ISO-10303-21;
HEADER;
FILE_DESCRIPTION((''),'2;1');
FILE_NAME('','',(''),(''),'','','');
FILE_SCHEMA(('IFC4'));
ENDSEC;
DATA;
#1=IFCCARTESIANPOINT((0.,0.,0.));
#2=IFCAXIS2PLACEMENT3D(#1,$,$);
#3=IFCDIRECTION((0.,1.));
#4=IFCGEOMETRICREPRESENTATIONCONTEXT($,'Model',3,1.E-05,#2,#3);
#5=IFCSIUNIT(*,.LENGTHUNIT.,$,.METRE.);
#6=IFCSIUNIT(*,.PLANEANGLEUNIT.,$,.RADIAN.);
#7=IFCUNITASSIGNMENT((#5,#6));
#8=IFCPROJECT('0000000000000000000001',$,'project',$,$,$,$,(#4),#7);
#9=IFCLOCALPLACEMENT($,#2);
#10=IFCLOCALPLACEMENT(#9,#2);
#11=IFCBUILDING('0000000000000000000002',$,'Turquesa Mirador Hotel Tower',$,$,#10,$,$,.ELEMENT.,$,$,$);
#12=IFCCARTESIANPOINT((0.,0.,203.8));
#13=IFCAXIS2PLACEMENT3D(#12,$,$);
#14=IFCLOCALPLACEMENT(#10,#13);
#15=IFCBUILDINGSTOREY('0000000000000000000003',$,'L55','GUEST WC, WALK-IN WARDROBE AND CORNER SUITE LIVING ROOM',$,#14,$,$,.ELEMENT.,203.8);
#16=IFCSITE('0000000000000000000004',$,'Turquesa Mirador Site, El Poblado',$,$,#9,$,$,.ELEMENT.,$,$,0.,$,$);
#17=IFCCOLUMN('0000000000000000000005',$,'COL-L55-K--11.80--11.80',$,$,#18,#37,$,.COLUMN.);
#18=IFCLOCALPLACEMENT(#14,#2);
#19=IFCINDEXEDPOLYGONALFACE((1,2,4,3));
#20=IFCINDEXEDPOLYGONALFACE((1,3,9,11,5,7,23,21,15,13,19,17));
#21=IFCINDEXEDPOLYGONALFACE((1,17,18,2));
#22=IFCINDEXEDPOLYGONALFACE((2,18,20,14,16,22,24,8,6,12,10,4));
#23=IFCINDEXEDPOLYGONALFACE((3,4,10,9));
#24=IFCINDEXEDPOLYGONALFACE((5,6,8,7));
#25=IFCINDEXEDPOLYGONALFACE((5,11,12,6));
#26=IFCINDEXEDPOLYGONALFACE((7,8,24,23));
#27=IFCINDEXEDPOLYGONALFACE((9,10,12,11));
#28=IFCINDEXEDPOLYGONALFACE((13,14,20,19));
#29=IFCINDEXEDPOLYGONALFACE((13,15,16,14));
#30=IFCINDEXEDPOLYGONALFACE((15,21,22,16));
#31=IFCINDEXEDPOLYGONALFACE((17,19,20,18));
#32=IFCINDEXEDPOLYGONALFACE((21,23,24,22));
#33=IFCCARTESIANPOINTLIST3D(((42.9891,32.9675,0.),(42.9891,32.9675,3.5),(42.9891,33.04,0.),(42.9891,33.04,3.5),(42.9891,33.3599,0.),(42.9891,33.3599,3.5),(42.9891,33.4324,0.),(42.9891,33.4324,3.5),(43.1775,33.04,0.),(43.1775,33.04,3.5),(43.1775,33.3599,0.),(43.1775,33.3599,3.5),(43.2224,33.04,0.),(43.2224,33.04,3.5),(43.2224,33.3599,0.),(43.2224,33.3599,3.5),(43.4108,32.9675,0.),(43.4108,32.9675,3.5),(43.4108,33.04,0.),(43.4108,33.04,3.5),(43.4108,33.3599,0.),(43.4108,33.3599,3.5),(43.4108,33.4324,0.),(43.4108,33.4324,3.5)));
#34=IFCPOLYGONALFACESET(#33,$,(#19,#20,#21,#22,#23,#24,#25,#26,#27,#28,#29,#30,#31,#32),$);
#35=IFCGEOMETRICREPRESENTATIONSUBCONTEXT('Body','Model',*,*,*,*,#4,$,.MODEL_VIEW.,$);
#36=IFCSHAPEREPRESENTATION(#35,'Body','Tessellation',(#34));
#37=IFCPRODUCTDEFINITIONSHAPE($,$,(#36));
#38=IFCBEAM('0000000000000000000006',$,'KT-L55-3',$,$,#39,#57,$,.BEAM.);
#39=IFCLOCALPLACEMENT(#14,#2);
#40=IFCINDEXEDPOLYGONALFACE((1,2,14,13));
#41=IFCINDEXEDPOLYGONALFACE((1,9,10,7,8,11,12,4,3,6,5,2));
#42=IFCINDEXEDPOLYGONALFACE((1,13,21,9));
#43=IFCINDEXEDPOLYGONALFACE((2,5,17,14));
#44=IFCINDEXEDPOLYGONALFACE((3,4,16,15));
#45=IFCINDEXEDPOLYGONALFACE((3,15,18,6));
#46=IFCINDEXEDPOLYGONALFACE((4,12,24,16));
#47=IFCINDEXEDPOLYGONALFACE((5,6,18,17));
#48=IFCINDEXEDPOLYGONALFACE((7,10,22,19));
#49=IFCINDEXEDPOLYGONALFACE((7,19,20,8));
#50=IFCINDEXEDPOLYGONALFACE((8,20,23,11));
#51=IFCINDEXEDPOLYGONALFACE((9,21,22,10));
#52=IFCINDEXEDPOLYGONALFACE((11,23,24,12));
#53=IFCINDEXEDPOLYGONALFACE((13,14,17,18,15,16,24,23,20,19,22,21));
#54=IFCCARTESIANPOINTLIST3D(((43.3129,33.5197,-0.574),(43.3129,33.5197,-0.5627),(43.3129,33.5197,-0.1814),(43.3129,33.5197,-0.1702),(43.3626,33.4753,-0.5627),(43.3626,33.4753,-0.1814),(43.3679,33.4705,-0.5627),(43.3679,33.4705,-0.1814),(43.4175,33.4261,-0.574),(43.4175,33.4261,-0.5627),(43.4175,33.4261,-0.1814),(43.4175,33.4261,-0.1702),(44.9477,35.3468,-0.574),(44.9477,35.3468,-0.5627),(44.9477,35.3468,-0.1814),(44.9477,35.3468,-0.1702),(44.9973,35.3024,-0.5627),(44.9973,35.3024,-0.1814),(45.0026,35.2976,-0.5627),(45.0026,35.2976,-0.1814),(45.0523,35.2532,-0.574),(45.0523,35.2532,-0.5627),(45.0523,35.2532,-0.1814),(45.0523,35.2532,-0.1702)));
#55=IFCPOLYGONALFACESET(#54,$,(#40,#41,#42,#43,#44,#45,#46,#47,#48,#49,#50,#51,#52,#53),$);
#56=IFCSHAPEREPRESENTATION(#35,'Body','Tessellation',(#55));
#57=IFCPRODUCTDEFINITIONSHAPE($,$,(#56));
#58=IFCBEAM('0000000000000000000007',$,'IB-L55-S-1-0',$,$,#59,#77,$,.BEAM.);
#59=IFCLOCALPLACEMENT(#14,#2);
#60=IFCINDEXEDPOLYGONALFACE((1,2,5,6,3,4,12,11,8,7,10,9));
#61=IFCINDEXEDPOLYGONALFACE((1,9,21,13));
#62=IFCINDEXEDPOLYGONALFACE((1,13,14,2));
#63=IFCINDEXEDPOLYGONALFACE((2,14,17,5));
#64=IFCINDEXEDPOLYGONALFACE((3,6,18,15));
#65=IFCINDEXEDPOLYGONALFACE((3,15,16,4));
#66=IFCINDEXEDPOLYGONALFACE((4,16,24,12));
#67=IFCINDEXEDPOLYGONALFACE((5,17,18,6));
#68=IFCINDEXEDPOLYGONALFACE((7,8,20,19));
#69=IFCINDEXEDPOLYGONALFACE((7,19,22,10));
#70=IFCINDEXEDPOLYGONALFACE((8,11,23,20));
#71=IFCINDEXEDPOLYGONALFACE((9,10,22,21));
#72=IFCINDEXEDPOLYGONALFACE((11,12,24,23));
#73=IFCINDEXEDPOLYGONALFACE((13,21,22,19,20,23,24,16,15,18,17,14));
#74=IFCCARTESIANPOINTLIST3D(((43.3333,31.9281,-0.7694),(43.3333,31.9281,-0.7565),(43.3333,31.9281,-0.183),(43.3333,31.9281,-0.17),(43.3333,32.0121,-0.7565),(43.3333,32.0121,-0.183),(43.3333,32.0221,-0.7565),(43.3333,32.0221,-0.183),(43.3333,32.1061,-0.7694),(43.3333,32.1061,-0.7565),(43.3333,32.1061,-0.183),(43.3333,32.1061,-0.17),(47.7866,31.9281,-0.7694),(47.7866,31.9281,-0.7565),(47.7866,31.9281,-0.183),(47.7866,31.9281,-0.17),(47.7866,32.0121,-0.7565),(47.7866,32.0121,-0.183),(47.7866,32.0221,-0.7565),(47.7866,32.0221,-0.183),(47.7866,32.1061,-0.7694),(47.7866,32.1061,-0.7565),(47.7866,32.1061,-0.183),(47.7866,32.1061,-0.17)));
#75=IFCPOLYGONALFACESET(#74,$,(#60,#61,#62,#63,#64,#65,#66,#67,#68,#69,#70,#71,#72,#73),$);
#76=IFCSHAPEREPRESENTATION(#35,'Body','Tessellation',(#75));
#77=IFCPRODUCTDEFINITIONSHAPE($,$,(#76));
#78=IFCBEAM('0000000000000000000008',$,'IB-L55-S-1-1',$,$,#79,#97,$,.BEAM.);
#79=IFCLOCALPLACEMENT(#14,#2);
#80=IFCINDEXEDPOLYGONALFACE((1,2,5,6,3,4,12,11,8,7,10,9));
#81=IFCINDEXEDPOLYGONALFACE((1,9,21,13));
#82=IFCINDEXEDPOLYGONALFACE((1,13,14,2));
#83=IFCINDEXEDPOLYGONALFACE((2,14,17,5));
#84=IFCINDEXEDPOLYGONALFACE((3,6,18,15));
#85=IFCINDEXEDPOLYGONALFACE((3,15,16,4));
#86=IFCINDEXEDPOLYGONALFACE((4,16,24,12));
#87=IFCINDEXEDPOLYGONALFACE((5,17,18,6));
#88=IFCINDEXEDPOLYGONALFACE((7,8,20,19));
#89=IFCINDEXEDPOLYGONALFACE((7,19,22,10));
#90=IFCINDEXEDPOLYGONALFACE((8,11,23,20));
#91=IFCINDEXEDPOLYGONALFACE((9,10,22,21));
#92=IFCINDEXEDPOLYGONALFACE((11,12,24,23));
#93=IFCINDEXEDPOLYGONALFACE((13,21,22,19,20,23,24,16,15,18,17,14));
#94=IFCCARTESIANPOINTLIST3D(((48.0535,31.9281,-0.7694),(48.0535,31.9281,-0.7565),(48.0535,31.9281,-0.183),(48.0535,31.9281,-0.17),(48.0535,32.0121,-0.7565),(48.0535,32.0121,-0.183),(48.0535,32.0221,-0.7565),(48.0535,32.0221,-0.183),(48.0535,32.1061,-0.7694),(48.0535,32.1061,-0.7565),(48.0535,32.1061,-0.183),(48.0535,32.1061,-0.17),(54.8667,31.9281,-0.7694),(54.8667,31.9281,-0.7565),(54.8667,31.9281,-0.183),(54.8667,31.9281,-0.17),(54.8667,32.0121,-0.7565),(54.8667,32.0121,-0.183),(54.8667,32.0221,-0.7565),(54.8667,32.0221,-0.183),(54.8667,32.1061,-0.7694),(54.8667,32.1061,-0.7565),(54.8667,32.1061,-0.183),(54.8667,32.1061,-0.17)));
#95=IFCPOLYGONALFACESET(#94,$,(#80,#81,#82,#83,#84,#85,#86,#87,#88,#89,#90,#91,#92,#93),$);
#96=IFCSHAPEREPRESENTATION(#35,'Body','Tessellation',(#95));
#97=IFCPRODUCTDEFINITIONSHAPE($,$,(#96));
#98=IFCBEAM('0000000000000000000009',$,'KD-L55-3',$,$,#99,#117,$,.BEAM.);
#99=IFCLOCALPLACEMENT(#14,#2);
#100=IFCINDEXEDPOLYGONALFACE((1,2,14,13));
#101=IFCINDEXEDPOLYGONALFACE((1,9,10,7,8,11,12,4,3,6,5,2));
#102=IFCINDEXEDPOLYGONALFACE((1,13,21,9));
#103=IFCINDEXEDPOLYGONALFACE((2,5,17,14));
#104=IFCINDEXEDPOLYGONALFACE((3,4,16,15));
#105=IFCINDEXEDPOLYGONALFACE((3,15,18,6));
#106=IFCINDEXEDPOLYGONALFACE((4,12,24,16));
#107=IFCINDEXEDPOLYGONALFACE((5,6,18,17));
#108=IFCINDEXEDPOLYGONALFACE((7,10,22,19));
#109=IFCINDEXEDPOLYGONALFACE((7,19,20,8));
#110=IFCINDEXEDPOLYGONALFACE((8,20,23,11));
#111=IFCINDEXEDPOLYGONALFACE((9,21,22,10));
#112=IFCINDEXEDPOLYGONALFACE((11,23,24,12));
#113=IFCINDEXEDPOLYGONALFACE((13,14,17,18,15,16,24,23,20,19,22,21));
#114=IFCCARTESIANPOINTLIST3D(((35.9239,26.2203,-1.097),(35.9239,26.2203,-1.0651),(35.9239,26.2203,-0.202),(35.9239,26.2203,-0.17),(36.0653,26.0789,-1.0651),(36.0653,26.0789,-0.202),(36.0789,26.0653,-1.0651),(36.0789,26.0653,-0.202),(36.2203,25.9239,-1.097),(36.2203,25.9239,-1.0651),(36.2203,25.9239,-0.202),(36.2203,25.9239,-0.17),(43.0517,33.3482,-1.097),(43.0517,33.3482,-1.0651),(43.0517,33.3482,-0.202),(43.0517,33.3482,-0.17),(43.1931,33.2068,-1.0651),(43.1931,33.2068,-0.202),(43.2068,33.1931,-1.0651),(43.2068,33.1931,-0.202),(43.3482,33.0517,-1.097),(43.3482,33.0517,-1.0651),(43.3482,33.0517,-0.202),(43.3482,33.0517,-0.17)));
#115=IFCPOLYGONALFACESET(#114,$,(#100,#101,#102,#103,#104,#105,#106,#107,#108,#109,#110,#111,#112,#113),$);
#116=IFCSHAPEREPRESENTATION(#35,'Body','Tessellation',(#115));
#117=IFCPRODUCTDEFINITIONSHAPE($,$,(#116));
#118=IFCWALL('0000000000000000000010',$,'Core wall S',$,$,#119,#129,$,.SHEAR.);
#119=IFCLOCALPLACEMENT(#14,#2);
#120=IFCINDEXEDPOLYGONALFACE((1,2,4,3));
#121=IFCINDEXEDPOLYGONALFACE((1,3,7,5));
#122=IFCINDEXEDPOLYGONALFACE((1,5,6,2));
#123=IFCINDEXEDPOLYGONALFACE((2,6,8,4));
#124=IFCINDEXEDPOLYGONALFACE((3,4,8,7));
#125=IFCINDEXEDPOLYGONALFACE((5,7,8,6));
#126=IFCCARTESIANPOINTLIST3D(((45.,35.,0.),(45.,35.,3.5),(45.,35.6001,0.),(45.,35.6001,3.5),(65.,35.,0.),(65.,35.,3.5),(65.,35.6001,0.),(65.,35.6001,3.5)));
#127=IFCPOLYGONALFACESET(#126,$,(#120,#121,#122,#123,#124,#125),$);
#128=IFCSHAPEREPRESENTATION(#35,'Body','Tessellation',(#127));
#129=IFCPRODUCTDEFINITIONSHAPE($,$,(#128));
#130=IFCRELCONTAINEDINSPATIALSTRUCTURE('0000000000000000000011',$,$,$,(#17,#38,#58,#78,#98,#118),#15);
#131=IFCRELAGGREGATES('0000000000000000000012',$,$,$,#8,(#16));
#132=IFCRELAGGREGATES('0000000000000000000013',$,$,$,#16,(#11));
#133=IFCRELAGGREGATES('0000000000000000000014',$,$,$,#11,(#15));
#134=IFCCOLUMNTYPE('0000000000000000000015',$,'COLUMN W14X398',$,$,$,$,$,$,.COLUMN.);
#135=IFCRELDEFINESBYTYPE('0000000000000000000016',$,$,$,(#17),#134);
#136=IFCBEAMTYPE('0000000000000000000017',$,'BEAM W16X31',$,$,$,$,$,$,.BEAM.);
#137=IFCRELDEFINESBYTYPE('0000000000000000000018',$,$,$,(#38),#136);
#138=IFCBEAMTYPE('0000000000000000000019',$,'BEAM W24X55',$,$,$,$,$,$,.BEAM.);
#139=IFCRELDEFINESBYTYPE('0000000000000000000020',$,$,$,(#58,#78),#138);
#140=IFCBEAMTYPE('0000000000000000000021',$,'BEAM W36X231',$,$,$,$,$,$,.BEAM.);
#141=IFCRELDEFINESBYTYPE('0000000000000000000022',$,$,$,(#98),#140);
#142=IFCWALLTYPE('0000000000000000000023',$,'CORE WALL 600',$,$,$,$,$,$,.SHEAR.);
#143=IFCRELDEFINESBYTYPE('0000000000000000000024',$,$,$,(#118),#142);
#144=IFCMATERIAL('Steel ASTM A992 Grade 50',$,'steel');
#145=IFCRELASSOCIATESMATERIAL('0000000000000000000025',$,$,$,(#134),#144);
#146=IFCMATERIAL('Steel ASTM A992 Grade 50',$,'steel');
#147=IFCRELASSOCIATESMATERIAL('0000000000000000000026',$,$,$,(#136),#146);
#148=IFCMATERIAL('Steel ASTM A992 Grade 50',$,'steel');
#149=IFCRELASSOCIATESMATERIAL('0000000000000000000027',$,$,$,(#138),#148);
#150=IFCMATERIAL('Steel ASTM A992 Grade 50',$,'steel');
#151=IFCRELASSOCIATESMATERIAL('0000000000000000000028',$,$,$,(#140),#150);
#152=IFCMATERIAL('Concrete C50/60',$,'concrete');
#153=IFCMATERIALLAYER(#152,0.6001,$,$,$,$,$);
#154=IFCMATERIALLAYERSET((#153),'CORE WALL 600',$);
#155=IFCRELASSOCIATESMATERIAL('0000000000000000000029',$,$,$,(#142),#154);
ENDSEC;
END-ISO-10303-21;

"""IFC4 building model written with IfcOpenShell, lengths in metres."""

from ifc_helpers import new_model, si_unit, direction, frame, frame_2d, origin, origin_2d, place, context, subcontext, project, spatial, rectangle, i_section, extrude, material, layer, layer_set, material_profile, profile_set, type_object, element, save


model = new_model("IFC4")

# Units and contexts
model_context = context("Model", 3, precision=1e-05, world=origin(), true_north=direction((0.0, 1.0)))
body_context = subcontext(model_context, "Body", "Model", "MODEL_VIEW")
ifc_project = project(units=[si_unit("LENGTHUNIT", "METRE"), si_unit("PLANEANGLEUNIT", "RADIAN")], contexts=[model_context])

# Site, building, storey
site_placement = place(None, origin())
site = spatial("IfcSite", under=ifc_project, at=site_placement, Name="Turquesa Mirador Site, El Poblado", CompositionType="ELEMENT", RefElevation=0.0)
building_placement = place(site_placement, origin())
building = spatial("IfcBuilding", under=site, at=building_placement, Name="Turquesa Mirador Hotel Tower", CompositionType="ELEMENT")
storey_placement = place(building_placement, frame((0.0, 0.0, 203.8)))
storey = spatial("IfcBuildingStorey", under=building, at=storey_placement, Name="L55", Description="GUEST WC, WALK-IN WARDROBE AND CORNER SUITE LIVING ROOM", CompositionType="ELEMENT", Elevation=203.8)

# Column
ifc_material_1 = material(Name="Steel ASTM A992 Grade 50", Category="steel")
ifc_material_profile_1 = material_profile(ifc_material_1, i_section(OverallWidth=0.4216, OverallDepth=0.4648, WebThickness=0.0449, FlangeThickness=0.0725, at=origin_2d()), Name="W14X398")
ifc_profile_set_1 = profile_set([ifc_material_profile_1], Name="Steel ASTM A992 Grade 50")
column_type = type_object("IfcColumnType", Name="COLUMN W14X398", PredefinedType="COLUMN", material=ifc_profile_set_1)
column_placement = place(storey_placement, frame((43.2, 33.2, 0.0), z_axis=(0.0, 0.0, 1.0), x_axis=(1.0, 0.0, 0.0)))
element("IfcColumn", 1, at=column_placement, inside=storey, type_object=column_type, Name="COL-L55-K--11.80--11.80", PredefinedType="COLUMN", context=body_context, shape_type="SweptSolid", body=[
    extrude(i_section(OverallWidth=0.4216, OverallDepth=0.4648, WebThickness=0.0449, FlangeThickness=0.0725, at=origin_2d()), origin(), (0.0, 0.0, 1.0), 3.5),
])

# Beams
ifc_material_2 = material(Name="Steel ASTM A992 Grade 50", Category="steel")
ifc_material_profile_2 = material_profile(ifc_material_2, i_section(OverallWidth=0.1404, OverallDepth=0.4038, WebThickness=0.0071, FlangeThickness=0.0112, at=origin_2d()), Name="W16X31")
ifc_profile_set_2 = profile_set([ifc_material_profile_2], Name="Steel ASTM A992 Grade 50")
beam_type_1 = type_object("IfcBeamType", Name="BEAM W16X31", PredefinedType="BEAM", material=ifc_profile_set_2)
beam_1_placement = place(storey_placement, frame((43.3652, 33.4729, -0.3721), z_axis=(0.666783, 0.745252, 0.0), x_axis=(-0.745252, 0.666783, 0.0)))
element("IfcBeam", 2, at=beam_1_placement, inside=storey, type_object=beam_type_1, Name="KT-L55-3", PredefinedType="BEAM", context=body_context, shape_type="SweptSolid", body=[
    extrude(i_section(OverallWidth=0.1404, OverallDepth=0.4038, WebThickness=0.0071, FlangeThickness=0.0112, at=origin_2d()), origin(), (0.0, 0.0, 1.0), 2.4517),
])
ifc_material_3 = material(Name="Steel ASTM A992 Grade 50", Category="steel")
ifc_material_profile_3 = material_profile(ifc_material_3, i_section(OverallWidth=0.178, OverallDepth=0.5994, WebThickness=0.01, FlangeThickness=0.0129, at=origin_2d()), Name="W24X55")
ifc_profile_set_3 = profile_set([ifc_material_profile_3], Name="Steel ASTM A992 Grade 50")
beam_type_2 = type_object("IfcBeamType", Name="BEAM W24X55", PredefinedType="BEAM", material=ifc_profile_set_3)
beam_2_placement = place(storey_placement, frame((43.3333, 32.0171, -0.4697), z_axis=(1.0, 0.0, 0.0), x_axis=(0.0, 1.0, 0.0)))
element("IfcBeam", 3, at=beam_2_placement, inside=storey, type_object=beam_type_2, Name="IB-L55-S-1-0", PredefinedType="BEAM", context=body_context, shape_type="SweptSolid", body=[
    extrude(i_section(OverallWidth=0.178, OverallDepth=0.5994, WebThickness=0.01, FlangeThickness=0.0129, at=origin_2d()), origin(), (0.0, 0.0, 1.0), 4.4534),
])
beam_3_placement = place(storey_placement, frame((48.0535, 32.0171, -0.4697), z_axis=(1.0, 0.0, 0.0), x_axis=(0.0, 1.0, 0.0)))
element("IfcBeam", 4, at=beam_3_placement, inside=storey, type_object=beam_type_2, Name="IB-L55-S-1-1", PredefinedType="BEAM", context=body_context, shape_type="SweptSolid", body=[
    extrude(i_section(OverallWidth=0.178, OverallDepth=0.5994, WebThickness=0.01, FlangeThickness=0.0129, at=origin_2d()), origin(), (0.0, 0.0, 1.0), 6.8132),
])
ifc_material_4 = material(Name="Steel ASTM A992 Grade 50", Category="steel")
ifc_material_profile_4 = material_profile(ifc_material_4, i_section(OverallWidth=0.4192, OverallDepth=0.927, WebThickness=0.0193, FlangeThickness=0.032, at=origin_2d()), Name="W36X231")
ifc_profile_set_4 = profile_set([ifc_material_profile_4], Name="Steel ASTM A992 Grade 50")
beam_type_3 = type_object("IfcBeamType", Name="BEAM W36X231", PredefinedType="BEAM", material=ifc_profile_set_4)
beam_4_placement = place(storey_placement, frame((43.2, 33.2, -0.6335), z_axis=(-0.707107, -0.707107, 0.0), x_axis=(0.707107, -0.707107, 0.0)))
element("IfcBeam", 5, at=beam_4_placement, inside=storey, type_object=beam_type_3, Name="KD-L55-3", PredefinedType="BEAM", context=body_context, shape_type="SweptSolid", body=[
    extrude(i_section(OverallWidth=0.4192, OverallDepth=0.927, WebThickness=0.0193, FlangeThickness=0.032, at=origin_2d()), origin(), (0.0, 0.0, 1.0), 10.0803),
])

# Wall
ifc_material_5 = material(Name="Concrete C50/60", Category="concrete")
ifc_layer_1 = layer(ifc_material_5, 0.6001)
ifc_layer_set_1 = layer_set([ifc_layer_1], Name="CORE WALL 600")
wall_type_1 = type_object("IfcWallType", Name="CORE WALL 600", PredefinedType="SHEAR", material=ifc_layer_set_1)
wall_1_placement = place(storey_placement, frame((45.0, 35.3, 0.0), z_axis=(0.0, 0.0, 1.0), x_axis=(1.0, 0.0, 0.0)))
element("IfcWall", 6, at=wall_1_placement, inside=storey, type_object=wall_type_1, Name="Core wall S", PredefinedType="SHEAR", context=body_context, shape_type="SweptSolid", body=[
    extrude(rectangle(XDim=20.0, YDim=0.6001, at=frame_2d((10.0, 0.0))), origin(), (0.0, 0.0, 1.0), 3.5),
])

save(model, "model.ifc")
